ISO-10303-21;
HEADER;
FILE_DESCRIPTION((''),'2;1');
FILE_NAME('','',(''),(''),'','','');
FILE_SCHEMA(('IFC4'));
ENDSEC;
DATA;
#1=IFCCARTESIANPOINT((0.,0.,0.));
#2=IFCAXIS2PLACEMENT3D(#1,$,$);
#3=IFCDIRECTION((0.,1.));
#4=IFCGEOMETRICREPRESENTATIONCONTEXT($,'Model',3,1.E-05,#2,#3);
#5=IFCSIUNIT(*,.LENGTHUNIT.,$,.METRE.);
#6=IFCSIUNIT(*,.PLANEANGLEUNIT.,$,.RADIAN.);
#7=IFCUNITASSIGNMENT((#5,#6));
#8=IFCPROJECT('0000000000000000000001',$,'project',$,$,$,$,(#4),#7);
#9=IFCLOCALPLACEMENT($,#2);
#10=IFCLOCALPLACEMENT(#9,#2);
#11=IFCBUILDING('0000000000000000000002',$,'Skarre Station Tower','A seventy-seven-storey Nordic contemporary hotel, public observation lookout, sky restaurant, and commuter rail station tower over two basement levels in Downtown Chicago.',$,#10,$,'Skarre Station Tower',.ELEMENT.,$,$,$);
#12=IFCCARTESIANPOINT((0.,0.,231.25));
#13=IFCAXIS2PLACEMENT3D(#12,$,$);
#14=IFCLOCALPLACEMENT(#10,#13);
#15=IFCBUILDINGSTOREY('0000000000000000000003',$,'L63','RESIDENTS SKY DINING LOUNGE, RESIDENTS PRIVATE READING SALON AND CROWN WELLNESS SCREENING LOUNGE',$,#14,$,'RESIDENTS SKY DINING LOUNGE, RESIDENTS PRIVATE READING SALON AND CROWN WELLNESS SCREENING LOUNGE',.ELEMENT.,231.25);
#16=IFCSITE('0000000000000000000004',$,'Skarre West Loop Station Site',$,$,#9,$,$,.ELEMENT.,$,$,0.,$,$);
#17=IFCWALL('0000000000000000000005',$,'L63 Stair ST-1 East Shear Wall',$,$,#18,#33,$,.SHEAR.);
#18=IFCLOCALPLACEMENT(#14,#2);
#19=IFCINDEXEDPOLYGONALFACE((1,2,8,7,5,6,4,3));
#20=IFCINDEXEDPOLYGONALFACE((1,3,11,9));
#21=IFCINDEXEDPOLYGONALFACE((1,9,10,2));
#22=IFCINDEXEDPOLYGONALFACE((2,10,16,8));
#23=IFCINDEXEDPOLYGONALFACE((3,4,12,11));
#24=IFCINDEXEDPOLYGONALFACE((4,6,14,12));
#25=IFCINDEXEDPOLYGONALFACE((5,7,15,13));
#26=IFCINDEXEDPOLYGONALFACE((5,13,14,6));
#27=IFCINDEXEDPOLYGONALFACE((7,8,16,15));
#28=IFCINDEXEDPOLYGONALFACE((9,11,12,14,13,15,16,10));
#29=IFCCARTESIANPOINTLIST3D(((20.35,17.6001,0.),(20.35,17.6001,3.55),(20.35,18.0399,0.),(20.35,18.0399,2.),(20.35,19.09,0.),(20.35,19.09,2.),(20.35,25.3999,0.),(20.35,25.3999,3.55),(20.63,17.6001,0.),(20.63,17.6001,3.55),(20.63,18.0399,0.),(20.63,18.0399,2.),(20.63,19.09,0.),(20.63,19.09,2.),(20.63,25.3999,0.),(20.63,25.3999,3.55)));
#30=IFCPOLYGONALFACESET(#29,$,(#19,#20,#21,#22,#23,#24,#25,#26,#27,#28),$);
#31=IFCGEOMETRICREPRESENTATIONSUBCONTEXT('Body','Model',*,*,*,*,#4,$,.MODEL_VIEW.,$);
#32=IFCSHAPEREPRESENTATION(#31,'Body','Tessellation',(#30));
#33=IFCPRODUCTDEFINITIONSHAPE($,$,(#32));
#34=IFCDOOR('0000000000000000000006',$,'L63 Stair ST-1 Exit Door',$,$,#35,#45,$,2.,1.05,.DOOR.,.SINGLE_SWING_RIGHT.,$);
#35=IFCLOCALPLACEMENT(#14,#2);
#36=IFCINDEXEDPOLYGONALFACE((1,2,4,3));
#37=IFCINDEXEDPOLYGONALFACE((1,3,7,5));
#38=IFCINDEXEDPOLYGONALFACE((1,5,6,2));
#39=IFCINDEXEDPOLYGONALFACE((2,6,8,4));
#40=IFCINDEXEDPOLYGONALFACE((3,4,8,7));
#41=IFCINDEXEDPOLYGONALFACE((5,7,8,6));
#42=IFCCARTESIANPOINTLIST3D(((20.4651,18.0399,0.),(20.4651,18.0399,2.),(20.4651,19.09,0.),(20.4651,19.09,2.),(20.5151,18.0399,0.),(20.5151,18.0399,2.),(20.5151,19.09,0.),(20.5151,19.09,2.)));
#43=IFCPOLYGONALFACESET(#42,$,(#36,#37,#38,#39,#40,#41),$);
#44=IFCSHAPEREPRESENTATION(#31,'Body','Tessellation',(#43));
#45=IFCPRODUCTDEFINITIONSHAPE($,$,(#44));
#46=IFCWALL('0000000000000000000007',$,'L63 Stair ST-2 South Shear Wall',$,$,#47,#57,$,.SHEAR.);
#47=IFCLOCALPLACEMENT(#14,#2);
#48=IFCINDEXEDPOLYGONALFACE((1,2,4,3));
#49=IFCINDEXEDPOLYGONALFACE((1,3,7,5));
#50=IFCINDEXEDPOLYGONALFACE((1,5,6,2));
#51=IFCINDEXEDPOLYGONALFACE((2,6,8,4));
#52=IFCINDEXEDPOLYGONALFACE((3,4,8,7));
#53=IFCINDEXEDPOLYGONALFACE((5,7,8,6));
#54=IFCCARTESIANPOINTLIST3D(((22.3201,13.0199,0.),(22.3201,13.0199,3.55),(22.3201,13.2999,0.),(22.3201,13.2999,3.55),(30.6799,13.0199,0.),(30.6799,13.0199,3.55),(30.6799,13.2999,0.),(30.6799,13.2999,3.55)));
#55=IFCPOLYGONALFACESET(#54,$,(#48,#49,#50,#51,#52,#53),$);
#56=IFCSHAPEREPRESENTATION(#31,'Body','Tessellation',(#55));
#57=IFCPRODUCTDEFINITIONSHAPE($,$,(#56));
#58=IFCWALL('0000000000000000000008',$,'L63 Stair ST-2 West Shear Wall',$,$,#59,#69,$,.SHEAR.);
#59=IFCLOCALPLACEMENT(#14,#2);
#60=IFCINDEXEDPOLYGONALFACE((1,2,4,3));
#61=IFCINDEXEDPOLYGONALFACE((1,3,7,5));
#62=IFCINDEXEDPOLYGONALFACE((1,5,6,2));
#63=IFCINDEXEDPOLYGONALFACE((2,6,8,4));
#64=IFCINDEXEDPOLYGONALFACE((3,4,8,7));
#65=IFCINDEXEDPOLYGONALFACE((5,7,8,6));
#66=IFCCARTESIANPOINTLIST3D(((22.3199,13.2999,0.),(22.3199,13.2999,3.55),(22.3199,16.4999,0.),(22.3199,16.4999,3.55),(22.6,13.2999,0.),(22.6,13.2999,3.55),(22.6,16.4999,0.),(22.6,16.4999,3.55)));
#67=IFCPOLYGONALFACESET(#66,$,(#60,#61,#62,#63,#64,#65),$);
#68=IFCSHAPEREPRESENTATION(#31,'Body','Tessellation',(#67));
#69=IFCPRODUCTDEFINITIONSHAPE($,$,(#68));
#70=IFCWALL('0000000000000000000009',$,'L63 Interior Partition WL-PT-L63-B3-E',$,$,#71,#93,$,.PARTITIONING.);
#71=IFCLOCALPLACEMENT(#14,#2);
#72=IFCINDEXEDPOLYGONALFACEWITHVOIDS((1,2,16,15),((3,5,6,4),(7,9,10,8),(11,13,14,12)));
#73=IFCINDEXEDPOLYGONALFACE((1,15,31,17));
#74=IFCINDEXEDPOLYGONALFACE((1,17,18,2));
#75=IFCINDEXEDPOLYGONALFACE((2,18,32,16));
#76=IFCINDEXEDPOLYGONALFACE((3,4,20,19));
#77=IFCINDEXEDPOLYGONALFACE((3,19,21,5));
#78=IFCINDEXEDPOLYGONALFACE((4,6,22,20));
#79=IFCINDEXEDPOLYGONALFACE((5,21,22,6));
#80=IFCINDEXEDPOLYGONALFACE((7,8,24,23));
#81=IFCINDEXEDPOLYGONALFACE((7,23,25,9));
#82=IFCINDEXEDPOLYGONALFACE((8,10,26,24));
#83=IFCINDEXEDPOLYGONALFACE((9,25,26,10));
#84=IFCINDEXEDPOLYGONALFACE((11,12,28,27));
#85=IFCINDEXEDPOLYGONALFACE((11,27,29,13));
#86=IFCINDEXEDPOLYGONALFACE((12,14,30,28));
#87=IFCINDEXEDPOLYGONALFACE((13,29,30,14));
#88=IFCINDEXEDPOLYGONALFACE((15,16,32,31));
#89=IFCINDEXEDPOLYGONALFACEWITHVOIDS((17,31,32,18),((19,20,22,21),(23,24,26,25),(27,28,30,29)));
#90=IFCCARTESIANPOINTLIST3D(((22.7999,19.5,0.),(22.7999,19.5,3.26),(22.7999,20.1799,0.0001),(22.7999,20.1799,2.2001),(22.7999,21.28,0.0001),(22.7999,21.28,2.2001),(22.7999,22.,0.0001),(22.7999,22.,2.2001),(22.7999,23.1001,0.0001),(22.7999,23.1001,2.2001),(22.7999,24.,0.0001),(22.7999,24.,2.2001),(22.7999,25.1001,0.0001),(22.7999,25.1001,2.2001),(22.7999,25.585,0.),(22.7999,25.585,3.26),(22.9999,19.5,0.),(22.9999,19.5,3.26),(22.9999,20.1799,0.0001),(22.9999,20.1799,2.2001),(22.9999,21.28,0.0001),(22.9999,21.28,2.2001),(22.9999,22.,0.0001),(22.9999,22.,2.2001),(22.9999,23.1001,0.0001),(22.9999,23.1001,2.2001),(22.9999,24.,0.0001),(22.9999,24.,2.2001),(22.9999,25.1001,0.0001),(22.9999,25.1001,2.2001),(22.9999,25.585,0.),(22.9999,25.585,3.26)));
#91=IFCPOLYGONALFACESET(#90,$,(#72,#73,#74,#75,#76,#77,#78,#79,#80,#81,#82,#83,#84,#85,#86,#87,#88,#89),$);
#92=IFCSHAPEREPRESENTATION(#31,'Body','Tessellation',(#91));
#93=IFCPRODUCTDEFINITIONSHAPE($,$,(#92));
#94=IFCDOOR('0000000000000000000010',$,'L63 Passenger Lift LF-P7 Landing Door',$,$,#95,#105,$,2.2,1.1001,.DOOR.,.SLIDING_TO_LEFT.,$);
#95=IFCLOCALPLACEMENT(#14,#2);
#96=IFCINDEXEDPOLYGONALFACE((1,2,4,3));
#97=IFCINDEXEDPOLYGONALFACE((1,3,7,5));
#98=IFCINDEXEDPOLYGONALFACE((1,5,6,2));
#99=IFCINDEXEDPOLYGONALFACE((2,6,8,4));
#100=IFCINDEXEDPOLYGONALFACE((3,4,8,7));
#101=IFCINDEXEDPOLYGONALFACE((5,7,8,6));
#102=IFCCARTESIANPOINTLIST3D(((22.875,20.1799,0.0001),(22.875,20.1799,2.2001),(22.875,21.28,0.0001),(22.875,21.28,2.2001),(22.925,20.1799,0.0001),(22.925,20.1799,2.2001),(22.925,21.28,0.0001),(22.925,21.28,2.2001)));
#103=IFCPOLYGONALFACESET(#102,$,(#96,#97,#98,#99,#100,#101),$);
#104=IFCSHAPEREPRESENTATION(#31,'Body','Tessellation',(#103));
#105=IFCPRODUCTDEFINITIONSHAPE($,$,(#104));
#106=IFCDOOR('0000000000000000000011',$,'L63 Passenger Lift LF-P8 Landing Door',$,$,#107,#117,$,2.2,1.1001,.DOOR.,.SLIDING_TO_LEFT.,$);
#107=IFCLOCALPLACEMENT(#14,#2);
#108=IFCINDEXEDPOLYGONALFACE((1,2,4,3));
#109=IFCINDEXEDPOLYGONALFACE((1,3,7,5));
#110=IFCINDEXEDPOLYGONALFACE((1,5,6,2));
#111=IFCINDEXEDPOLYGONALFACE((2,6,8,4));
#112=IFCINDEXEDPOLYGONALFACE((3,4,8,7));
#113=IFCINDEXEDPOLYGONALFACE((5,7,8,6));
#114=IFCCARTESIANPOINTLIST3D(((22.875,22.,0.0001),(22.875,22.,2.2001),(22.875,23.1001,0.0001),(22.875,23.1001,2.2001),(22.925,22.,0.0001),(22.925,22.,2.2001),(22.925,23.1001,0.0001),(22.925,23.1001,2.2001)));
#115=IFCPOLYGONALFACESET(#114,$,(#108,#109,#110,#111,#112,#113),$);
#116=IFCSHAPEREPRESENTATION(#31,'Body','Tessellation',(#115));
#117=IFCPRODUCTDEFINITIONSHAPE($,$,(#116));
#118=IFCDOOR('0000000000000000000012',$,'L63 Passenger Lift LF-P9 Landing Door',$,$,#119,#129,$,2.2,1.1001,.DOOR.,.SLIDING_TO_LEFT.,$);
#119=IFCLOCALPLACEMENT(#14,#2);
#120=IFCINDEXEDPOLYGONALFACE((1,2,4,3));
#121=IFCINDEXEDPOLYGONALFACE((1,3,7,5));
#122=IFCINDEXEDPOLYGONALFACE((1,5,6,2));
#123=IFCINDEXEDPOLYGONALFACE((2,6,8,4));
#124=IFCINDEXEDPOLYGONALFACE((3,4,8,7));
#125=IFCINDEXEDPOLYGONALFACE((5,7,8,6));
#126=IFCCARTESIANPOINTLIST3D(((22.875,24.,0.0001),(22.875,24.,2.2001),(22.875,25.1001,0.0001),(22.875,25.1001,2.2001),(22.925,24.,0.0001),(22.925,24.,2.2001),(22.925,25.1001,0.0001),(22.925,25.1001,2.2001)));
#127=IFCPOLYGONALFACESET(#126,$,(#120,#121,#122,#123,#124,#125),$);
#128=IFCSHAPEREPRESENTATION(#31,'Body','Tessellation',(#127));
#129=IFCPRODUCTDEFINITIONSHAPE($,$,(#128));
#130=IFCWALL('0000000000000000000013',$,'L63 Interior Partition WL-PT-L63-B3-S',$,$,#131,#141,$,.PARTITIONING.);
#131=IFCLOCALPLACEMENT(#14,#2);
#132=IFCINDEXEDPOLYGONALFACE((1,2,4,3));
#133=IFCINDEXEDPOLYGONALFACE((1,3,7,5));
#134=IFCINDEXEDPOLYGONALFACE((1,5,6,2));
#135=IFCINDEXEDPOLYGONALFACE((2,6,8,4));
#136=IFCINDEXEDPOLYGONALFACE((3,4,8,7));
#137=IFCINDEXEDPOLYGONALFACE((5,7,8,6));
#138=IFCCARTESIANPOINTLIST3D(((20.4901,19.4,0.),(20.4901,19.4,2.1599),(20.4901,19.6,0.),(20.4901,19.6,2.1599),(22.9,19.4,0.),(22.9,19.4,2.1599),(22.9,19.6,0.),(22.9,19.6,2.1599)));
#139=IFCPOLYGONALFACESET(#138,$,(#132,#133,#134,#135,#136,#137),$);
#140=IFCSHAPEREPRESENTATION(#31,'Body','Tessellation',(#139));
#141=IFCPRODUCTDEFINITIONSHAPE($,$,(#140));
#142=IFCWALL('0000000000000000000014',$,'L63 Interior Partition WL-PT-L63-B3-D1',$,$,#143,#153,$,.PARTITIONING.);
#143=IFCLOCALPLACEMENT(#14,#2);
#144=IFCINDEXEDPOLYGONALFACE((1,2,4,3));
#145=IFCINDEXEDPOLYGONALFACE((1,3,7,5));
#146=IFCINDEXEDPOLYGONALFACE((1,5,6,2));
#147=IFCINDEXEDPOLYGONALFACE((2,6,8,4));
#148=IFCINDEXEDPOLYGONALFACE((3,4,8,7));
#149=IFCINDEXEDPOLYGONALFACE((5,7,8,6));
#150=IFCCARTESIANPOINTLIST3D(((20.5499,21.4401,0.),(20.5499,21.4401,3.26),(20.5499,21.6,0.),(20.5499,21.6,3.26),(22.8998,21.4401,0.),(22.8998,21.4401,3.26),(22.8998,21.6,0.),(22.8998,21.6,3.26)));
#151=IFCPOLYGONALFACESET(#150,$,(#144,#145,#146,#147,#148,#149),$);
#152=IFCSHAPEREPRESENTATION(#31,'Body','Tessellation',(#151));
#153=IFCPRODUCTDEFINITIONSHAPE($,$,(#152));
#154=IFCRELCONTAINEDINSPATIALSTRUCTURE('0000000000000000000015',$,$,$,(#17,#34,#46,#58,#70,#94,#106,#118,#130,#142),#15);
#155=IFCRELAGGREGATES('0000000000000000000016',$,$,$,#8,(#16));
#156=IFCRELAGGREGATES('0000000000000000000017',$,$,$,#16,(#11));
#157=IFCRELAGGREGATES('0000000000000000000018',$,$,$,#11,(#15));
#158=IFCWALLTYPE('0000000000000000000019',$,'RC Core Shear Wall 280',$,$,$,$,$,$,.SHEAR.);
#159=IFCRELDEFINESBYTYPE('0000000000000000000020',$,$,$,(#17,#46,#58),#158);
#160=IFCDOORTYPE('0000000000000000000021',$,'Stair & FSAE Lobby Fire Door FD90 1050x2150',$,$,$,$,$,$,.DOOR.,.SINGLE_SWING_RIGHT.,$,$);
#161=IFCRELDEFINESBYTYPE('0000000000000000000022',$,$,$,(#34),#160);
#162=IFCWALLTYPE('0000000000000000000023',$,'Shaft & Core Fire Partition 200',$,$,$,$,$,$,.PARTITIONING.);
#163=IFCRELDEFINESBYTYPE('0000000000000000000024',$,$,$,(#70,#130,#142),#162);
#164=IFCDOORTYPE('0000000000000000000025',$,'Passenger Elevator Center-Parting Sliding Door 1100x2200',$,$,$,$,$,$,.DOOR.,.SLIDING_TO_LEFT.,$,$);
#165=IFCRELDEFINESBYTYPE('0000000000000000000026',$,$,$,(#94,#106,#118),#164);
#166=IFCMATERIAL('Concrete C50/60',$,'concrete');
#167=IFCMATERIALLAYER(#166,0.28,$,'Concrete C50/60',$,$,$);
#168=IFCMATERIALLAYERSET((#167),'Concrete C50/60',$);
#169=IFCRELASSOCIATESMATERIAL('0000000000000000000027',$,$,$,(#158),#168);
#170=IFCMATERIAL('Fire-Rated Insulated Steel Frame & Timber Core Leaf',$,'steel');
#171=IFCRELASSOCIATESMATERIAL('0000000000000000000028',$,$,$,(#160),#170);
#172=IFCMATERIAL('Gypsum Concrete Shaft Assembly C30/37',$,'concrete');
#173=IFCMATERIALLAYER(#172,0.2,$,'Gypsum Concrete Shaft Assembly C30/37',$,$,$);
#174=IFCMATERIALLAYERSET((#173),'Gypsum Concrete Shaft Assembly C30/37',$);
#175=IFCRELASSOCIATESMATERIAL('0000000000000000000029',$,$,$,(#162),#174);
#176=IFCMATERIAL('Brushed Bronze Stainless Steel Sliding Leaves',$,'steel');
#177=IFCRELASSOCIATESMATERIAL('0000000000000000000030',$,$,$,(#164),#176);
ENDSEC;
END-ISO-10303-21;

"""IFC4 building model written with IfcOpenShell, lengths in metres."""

from ifc_helpers import new_model, si_unit, direction, frame, frame_2d, origin, place, context, subcontext, project, spatial, rectangle, extrude, material, layer, layer_set, type_object, element, fill, save


model = new_model("IFC4")

# Units and contexts
model_context = context("Model", 3, precision=1e-05, world=origin(), true_north=direction((0.0, 1.0)))
body_context = subcontext(model_context, "Body", "Model", "MODEL_VIEW")
ifc_project = project(units=[si_unit("LENGTHUNIT", "METRE"), si_unit("PLANEANGLEUNIT", "RADIAN")], contexts=[model_context])

# Site, building, storey
site_placement = place(None, origin())
site = spatial("IfcSite", under=ifc_project, at=site_placement, Name="Skarre West Loop Station Site", CompositionType="ELEMENT", RefElevation=0.0)
building_placement = place(site_placement, origin())
building = spatial("IfcBuilding", under=site, at=building_placement, Name="Skarre Station Tower", Description="A seventy-seven-storey Nordic contemporary hotel, public observation lookout, sky restaurant, and commuter rail station tower over two basement levels in Downtown Chicago.", LongName="Skarre Station Tower", CompositionType="ELEMENT")
storey_placement = place(building_placement, frame((0.0, 0.0, 231.25)))
storey = spatial("IfcBuildingStorey", under=building, at=storey_placement, Name="L63", Description="RESIDENTS SKY DINING LOUNGE, RESIDENTS PRIVATE READING SALON AND CROWN WELLNESS SCREENING LOUNGE", LongName="RESIDENTS SKY DINING LOUNGE, RESIDENTS PRIVATE READING SALON AND CROWN WELLNESS SCREENING LOUNGE", CompositionType="ELEMENT", Elevation=231.25)

# Shared definitions
ifc_material_1 = material(Name="Concrete C50/60", Category="concrete")

# Wall, opening, door
ifc_layer_1 = layer(ifc_material_1, 0.28, Name="Concrete C50/60")
ifc_layer_set_1 = layer_set([ifc_layer_1], Name="Concrete C50/60")
wall_type_1 = type_object("IfcWallType", Name="RC Core Shear Wall 280", PredefinedType="SHEAR", material=ifc_layer_set_1)
wall_1_placement = place(storey_placement, frame((20.49, 17.6001, 0.0), z_axis=(0.0, 0.0, 1.0), x_axis=(0.0, 1.0, 0.0)))
wall_1 = element("IfcWall", 1, at=wall_1_placement, inside=storey, type_object=wall_type_1, Name="L63 Stair ST-1 East Shear Wall", PredefinedType="SHEAR", context=body_context, shape_type="SweptSolid", body=[
    extrude(rectangle(XDim=7.7998, YDim=0.28, at=frame_2d((3.8999, 0.0))), origin(), (0.0, 0.0, 1.0), 3.55),
])
opening_1_placement = place(wall_1_placement, frame((0.4399, 0.0, 0.0)))
opening_1 = element("IfcOpeningElement", 2, at=opening_1_placement, cuts=wall_1, PredefinedType="OPENING", context=body_context, shape_type="SweptSolid", body=[
    extrude(rectangle(XDim=1.05, YDim=2.0, at=frame_2d((0.5249, 1.0))), frame((0.0, 0.1499, 0.0), z_axis=(0.0, -1.0, 0.0), x_axis=(1.0, 0.0, 0.0)), (0.0, 0.0, 1.0), 0.3),
])
ifc_material_2 = material(Name="Fire-Rated Insulated Steel Frame & Timber Core Leaf", Category="steel")
door_type_1 = type_object("IfcDoorType", Name="Stair & FSAE Lobby Fire Door FD90 1050x2150", OperationType="SINGLE_SWING_RIGHT", PredefinedType="DOOR", material=ifc_material_2)
door_1_placement = place(opening_1_placement, origin())
door_1 = element("IfcDoor", 3, at=door_1_placement, inside=storey, type_object=door_type_1, Name="L63 Stair ST-1 Exit Door", OperationType="SINGLE_SWING_RIGHT", OverallHeight=2.0, OverallWidth=1.05, PredefinedType="DOOR", context=body_context, shape_type="SweptSolid", body=[
    extrude(rectangle(XDim=1.05, YDim=2.0, at=frame_2d((0.5249, 1.0))), frame((0.0, 0.0249, 0.0), z_axis=(0.0, -1.0, 0.0), x_axis=(1.0, 0.0, 0.0)), (0.0, 0.0, 1.0), 0.05),
])
fill(opening_1, door_1)

# Walls
wall_2_placement = place(storey_placement, frame((22.3201, 13.1599, 0.0), z_axis=(0.0, 0.0, 1.0), x_axis=(1.0, 0.0, 0.0)))
element("IfcWall", 4, at=wall_2_placement, inside=storey, type_object=wall_type_1, Name="L63 Stair ST-2 South Shear Wall", PredefinedType="SHEAR", context=body_context, shape_type="SweptSolid", body=[
    extrude(rectangle(XDim=8.3599, YDim=0.28, at=frame_2d((4.1799, 0.0))), origin(), (0.0, 0.0, 1.0), 3.55),
])
wall_3_placement = place(storey_placement, frame((22.46, 16.5, 0.0), z_axis=(0.0, 0.0, 1.0), x_axis=(0.0, -1.0, 0.0)))
element("IfcWall", 5, at=wall_3_placement, inside=storey, type_object=wall_type_1, Name="L63 Stair ST-2 West Shear Wall", PredefinedType="SHEAR", context=body_context, shape_type="SweptSolid", body=[
    extrude(rectangle(XDim=3.2, YDim=0.28, at=frame_2d((1.6001, 0.0))), origin(), (0.0, 0.0, 1.0), 3.55),
])

# Wall, openings, doors
ifc_material_3 = material(Name="Gypsum Concrete Shaft Assembly C30/37", Category="concrete")
ifc_layer_2 = layer(ifc_material_3, 0.2, Name="Gypsum Concrete Shaft Assembly C30/37")
ifc_layer_set_2 = layer_set([ifc_layer_2], Name="Gypsum Concrete Shaft Assembly C30/37")
wall_type_2 = type_object("IfcWallType", Name="Shaft & Core Fire Partition 200", PredefinedType="PARTITIONING", material=ifc_layer_set_2)
wall_4_placement = place(storey_placement, frame((22.8999, 19.5, 0.0), z_axis=(0.0, 0.0, 1.0), x_axis=(0.0, 1.0, 0.0)))
wall_4 = element("IfcWall", 6, at=wall_4_placement, inside=storey, type_object=wall_type_2, Name="L63 Interior Partition WL-PT-L63-B3-E", PredefinedType="PARTITIONING", context=body_context, shape_type="SweptSolid", body=[
    extrude(rectangle(XDim=6.085, YDim=0.2, at=frame_2d((3.0425, 0.0))), origin(), (0.0, 0.0, 1.0), 3.26),
])
opening_2_placement = place(wall_4_placement, frame((0.6799, 0.0, 0.0)))
opening_2 = element("IfcOpeningElement", 7, at=opening_2_placement, cuts=wall_4, PredefinedType="OPENING", context=body_context, shape_type="SweptSolid", body=[
    extrude(rectangle(XDim=1.1001, YDim=2.2, at=frame_2d((0.55, 1.1001))), frame((0.0, 0.1099, 0.0), z_axis=(0.0, -1.0, 0.0), x_axis=(1.0, 0.0, 0.0)), (0.0, 0.0, 1.0), 0.22),
])
opening_3_placement = place(wall_4_placement, frame((2.5, 0.0, 0.0)))
opening_3 = element("IfcOpeningElement", 8, at=opening_3_placement, cuts=wall_4, PredefinedType="OPENING", context=body_context, shape_type="SweptSolid", body=[
    extrude(rectangle(XDim=1.1001, YDim=2.2, at=frame_2d((0.55, 1.1001))), frame((0.0, 0.1099, 0.0), z_axis=(0.0, -1.0, 0.0), x_axis=(1.0, 0.0, 0.0)), (0.0, 0.0, 1.0), 0.22),
])
opening_4_placement = place(wall_4_placement, frame((4.5, 0.0, 0.0)))
opening_4 = element("IfcOpeningElement", 9, at=opening_4_placement, cuts=wall_4, PredefinedType="OPENING", context=body_context, shape_type="SweptSolid", body=[
    extrude(rectangle(XDim=1.1001, YDim=2.2, at=frame_2d((0.55, 1.1001))), frame((0.0, 0.1099, 0.0), z_axis=(0.0, -1.0, 0.0), x_axis=(1.0, 0.0, 0.0)), (0.0, 0.0, 1.0), 0.22),
])
ifc_material_4 = material(Name="Brushed Bronze Stainless Steel Sliding Leaves", Category="steel")
door_type_2 = type_object("IfcDoorType", Name="Passenger Elevator Center-Parting Sliding Door 1100x2200", OperationType="SLIDING_TO_LEFT", PredefinedType="DOOR", material=ifc_material_4)
door_2_placement = place(opening_2_placement, origin())
door_2 = element("IfcDoor", 10, at=door_2_placement, inside=storey, type_object=door_type_2, Name="L63 Passenger Lift LF-P7 Landing Door", OperationType="SLIDING_TO_LEFT", OverallHeight=2.2, OverallWidth=1.1001, PredefinedType="DOOR", context=body_context, shape_type="SweptSolid", body=[
    extrude(rectangle(XDim=1.1001, YDim=2.2, at=frame_2d((0.55, 1.1001))), frame((0.0, 0.0249, 0.0), z_axis=(0.0, -1.0, 0.0), x_axis=(1.0, 0.0, 0.0)), (0.0, 0.0, 1.0), 0.05),
])
fill(opening_2, door_2)
door_3_placement = place(opening_3_placement, origin())
door_3 = element("IfcDoor", 11, at=door_3_placement, inside=storey, type_object=door_type_2, Name="L63 Passenger Lift LF-P8 Landing Door", OperationType="SLIDING_TO_LEFT", OverallHeight=2.2, OverallWidth=1.1001, PredefinedType="DOOR", context=body_context, shape_type="SweptSolid", body=[
    extrude(rectangle(XDim=1.1001, YDim=2.2, at=frame_2d((0.55, 1.1001))), frame((0.0, 0.0249, 0.0), z_axis=(0.0, -1.0, 0.0), x_axis=(1.0, 0.0, 0.0)), (0.0, 0.0, 1.0), 0.05),
])
fill(opening_3, door_3)
door_4_placement = place(opening_4_placement, origin())
door_4 = element("IfcDoor", 12, at=door_4_placement, inside=storey, type_object=door_type_2, Name="L63 Passenger Lift LF-P9 Landing Door", OperationType="SLIDING_TO_LEFT", OverallHeight=2.2, OverallWidth=1.1001, PredefinedType="DOOR", context=body_context, shape_type="SweptSolid", body=[
    extrude(rectangle(XDim=1.1001, YDim=2.2, at=frame_2d((0.55, 1.1001))), frame((0.0, 0.0249, 0.0), z_axis=(0.0, -1.0, 0.0), x_axis=(1.0, 0.0, 0.0)), (0.0, 0.0, 1.0), 0.05),
])
fill(opening_4, door_4)

# Walls
wall_5_placement = place(storey_placement, frame((20.49, 19.5, 0.0), z_axis=(0.0, 0.0, 1.0), x_axis=(1.0, 0.0, 0.0)))
element("IfcWall", 13, at=wall_5_placement, inside=storey, type_object=wall_type_2, Name="L63 Interior Partition WL-PT-L63-B3-S", PredefinedType="PARTITIONING", context=body_context, shape_type="SweptSolid", body=[
    extrude(rectangle(XDim=2.4099, YDim=0.2, at=frame_2d((1.2051, 0.0))), origin(), (0.0, 0.0, 1.0), 2.1599),
])
wall_6_placement = place(storey_placement, frame((20.55, 21.52, 0.0), z_axis=(0.0, 0.0, 1.0), x_axis=(1.0, 0.0, 0.0)))
element("IfcWall", 14, at=wall_6_placement, inside=storey, type_object=wall_type_2, Name="L63 Interior Partition WL-PT-L63-B3-D1", PredefinedType="PARTITIONING", context=body_context, shape_type="SweptSolid", body=[
    extrude(rectangle(XDim=2.3499, YDim=0.1599, at=frame_2d((1.1748, 0.0))), origin(), (0.0, 0.0, 1.0), 3.26),
])

save(model, "model.ifc")
